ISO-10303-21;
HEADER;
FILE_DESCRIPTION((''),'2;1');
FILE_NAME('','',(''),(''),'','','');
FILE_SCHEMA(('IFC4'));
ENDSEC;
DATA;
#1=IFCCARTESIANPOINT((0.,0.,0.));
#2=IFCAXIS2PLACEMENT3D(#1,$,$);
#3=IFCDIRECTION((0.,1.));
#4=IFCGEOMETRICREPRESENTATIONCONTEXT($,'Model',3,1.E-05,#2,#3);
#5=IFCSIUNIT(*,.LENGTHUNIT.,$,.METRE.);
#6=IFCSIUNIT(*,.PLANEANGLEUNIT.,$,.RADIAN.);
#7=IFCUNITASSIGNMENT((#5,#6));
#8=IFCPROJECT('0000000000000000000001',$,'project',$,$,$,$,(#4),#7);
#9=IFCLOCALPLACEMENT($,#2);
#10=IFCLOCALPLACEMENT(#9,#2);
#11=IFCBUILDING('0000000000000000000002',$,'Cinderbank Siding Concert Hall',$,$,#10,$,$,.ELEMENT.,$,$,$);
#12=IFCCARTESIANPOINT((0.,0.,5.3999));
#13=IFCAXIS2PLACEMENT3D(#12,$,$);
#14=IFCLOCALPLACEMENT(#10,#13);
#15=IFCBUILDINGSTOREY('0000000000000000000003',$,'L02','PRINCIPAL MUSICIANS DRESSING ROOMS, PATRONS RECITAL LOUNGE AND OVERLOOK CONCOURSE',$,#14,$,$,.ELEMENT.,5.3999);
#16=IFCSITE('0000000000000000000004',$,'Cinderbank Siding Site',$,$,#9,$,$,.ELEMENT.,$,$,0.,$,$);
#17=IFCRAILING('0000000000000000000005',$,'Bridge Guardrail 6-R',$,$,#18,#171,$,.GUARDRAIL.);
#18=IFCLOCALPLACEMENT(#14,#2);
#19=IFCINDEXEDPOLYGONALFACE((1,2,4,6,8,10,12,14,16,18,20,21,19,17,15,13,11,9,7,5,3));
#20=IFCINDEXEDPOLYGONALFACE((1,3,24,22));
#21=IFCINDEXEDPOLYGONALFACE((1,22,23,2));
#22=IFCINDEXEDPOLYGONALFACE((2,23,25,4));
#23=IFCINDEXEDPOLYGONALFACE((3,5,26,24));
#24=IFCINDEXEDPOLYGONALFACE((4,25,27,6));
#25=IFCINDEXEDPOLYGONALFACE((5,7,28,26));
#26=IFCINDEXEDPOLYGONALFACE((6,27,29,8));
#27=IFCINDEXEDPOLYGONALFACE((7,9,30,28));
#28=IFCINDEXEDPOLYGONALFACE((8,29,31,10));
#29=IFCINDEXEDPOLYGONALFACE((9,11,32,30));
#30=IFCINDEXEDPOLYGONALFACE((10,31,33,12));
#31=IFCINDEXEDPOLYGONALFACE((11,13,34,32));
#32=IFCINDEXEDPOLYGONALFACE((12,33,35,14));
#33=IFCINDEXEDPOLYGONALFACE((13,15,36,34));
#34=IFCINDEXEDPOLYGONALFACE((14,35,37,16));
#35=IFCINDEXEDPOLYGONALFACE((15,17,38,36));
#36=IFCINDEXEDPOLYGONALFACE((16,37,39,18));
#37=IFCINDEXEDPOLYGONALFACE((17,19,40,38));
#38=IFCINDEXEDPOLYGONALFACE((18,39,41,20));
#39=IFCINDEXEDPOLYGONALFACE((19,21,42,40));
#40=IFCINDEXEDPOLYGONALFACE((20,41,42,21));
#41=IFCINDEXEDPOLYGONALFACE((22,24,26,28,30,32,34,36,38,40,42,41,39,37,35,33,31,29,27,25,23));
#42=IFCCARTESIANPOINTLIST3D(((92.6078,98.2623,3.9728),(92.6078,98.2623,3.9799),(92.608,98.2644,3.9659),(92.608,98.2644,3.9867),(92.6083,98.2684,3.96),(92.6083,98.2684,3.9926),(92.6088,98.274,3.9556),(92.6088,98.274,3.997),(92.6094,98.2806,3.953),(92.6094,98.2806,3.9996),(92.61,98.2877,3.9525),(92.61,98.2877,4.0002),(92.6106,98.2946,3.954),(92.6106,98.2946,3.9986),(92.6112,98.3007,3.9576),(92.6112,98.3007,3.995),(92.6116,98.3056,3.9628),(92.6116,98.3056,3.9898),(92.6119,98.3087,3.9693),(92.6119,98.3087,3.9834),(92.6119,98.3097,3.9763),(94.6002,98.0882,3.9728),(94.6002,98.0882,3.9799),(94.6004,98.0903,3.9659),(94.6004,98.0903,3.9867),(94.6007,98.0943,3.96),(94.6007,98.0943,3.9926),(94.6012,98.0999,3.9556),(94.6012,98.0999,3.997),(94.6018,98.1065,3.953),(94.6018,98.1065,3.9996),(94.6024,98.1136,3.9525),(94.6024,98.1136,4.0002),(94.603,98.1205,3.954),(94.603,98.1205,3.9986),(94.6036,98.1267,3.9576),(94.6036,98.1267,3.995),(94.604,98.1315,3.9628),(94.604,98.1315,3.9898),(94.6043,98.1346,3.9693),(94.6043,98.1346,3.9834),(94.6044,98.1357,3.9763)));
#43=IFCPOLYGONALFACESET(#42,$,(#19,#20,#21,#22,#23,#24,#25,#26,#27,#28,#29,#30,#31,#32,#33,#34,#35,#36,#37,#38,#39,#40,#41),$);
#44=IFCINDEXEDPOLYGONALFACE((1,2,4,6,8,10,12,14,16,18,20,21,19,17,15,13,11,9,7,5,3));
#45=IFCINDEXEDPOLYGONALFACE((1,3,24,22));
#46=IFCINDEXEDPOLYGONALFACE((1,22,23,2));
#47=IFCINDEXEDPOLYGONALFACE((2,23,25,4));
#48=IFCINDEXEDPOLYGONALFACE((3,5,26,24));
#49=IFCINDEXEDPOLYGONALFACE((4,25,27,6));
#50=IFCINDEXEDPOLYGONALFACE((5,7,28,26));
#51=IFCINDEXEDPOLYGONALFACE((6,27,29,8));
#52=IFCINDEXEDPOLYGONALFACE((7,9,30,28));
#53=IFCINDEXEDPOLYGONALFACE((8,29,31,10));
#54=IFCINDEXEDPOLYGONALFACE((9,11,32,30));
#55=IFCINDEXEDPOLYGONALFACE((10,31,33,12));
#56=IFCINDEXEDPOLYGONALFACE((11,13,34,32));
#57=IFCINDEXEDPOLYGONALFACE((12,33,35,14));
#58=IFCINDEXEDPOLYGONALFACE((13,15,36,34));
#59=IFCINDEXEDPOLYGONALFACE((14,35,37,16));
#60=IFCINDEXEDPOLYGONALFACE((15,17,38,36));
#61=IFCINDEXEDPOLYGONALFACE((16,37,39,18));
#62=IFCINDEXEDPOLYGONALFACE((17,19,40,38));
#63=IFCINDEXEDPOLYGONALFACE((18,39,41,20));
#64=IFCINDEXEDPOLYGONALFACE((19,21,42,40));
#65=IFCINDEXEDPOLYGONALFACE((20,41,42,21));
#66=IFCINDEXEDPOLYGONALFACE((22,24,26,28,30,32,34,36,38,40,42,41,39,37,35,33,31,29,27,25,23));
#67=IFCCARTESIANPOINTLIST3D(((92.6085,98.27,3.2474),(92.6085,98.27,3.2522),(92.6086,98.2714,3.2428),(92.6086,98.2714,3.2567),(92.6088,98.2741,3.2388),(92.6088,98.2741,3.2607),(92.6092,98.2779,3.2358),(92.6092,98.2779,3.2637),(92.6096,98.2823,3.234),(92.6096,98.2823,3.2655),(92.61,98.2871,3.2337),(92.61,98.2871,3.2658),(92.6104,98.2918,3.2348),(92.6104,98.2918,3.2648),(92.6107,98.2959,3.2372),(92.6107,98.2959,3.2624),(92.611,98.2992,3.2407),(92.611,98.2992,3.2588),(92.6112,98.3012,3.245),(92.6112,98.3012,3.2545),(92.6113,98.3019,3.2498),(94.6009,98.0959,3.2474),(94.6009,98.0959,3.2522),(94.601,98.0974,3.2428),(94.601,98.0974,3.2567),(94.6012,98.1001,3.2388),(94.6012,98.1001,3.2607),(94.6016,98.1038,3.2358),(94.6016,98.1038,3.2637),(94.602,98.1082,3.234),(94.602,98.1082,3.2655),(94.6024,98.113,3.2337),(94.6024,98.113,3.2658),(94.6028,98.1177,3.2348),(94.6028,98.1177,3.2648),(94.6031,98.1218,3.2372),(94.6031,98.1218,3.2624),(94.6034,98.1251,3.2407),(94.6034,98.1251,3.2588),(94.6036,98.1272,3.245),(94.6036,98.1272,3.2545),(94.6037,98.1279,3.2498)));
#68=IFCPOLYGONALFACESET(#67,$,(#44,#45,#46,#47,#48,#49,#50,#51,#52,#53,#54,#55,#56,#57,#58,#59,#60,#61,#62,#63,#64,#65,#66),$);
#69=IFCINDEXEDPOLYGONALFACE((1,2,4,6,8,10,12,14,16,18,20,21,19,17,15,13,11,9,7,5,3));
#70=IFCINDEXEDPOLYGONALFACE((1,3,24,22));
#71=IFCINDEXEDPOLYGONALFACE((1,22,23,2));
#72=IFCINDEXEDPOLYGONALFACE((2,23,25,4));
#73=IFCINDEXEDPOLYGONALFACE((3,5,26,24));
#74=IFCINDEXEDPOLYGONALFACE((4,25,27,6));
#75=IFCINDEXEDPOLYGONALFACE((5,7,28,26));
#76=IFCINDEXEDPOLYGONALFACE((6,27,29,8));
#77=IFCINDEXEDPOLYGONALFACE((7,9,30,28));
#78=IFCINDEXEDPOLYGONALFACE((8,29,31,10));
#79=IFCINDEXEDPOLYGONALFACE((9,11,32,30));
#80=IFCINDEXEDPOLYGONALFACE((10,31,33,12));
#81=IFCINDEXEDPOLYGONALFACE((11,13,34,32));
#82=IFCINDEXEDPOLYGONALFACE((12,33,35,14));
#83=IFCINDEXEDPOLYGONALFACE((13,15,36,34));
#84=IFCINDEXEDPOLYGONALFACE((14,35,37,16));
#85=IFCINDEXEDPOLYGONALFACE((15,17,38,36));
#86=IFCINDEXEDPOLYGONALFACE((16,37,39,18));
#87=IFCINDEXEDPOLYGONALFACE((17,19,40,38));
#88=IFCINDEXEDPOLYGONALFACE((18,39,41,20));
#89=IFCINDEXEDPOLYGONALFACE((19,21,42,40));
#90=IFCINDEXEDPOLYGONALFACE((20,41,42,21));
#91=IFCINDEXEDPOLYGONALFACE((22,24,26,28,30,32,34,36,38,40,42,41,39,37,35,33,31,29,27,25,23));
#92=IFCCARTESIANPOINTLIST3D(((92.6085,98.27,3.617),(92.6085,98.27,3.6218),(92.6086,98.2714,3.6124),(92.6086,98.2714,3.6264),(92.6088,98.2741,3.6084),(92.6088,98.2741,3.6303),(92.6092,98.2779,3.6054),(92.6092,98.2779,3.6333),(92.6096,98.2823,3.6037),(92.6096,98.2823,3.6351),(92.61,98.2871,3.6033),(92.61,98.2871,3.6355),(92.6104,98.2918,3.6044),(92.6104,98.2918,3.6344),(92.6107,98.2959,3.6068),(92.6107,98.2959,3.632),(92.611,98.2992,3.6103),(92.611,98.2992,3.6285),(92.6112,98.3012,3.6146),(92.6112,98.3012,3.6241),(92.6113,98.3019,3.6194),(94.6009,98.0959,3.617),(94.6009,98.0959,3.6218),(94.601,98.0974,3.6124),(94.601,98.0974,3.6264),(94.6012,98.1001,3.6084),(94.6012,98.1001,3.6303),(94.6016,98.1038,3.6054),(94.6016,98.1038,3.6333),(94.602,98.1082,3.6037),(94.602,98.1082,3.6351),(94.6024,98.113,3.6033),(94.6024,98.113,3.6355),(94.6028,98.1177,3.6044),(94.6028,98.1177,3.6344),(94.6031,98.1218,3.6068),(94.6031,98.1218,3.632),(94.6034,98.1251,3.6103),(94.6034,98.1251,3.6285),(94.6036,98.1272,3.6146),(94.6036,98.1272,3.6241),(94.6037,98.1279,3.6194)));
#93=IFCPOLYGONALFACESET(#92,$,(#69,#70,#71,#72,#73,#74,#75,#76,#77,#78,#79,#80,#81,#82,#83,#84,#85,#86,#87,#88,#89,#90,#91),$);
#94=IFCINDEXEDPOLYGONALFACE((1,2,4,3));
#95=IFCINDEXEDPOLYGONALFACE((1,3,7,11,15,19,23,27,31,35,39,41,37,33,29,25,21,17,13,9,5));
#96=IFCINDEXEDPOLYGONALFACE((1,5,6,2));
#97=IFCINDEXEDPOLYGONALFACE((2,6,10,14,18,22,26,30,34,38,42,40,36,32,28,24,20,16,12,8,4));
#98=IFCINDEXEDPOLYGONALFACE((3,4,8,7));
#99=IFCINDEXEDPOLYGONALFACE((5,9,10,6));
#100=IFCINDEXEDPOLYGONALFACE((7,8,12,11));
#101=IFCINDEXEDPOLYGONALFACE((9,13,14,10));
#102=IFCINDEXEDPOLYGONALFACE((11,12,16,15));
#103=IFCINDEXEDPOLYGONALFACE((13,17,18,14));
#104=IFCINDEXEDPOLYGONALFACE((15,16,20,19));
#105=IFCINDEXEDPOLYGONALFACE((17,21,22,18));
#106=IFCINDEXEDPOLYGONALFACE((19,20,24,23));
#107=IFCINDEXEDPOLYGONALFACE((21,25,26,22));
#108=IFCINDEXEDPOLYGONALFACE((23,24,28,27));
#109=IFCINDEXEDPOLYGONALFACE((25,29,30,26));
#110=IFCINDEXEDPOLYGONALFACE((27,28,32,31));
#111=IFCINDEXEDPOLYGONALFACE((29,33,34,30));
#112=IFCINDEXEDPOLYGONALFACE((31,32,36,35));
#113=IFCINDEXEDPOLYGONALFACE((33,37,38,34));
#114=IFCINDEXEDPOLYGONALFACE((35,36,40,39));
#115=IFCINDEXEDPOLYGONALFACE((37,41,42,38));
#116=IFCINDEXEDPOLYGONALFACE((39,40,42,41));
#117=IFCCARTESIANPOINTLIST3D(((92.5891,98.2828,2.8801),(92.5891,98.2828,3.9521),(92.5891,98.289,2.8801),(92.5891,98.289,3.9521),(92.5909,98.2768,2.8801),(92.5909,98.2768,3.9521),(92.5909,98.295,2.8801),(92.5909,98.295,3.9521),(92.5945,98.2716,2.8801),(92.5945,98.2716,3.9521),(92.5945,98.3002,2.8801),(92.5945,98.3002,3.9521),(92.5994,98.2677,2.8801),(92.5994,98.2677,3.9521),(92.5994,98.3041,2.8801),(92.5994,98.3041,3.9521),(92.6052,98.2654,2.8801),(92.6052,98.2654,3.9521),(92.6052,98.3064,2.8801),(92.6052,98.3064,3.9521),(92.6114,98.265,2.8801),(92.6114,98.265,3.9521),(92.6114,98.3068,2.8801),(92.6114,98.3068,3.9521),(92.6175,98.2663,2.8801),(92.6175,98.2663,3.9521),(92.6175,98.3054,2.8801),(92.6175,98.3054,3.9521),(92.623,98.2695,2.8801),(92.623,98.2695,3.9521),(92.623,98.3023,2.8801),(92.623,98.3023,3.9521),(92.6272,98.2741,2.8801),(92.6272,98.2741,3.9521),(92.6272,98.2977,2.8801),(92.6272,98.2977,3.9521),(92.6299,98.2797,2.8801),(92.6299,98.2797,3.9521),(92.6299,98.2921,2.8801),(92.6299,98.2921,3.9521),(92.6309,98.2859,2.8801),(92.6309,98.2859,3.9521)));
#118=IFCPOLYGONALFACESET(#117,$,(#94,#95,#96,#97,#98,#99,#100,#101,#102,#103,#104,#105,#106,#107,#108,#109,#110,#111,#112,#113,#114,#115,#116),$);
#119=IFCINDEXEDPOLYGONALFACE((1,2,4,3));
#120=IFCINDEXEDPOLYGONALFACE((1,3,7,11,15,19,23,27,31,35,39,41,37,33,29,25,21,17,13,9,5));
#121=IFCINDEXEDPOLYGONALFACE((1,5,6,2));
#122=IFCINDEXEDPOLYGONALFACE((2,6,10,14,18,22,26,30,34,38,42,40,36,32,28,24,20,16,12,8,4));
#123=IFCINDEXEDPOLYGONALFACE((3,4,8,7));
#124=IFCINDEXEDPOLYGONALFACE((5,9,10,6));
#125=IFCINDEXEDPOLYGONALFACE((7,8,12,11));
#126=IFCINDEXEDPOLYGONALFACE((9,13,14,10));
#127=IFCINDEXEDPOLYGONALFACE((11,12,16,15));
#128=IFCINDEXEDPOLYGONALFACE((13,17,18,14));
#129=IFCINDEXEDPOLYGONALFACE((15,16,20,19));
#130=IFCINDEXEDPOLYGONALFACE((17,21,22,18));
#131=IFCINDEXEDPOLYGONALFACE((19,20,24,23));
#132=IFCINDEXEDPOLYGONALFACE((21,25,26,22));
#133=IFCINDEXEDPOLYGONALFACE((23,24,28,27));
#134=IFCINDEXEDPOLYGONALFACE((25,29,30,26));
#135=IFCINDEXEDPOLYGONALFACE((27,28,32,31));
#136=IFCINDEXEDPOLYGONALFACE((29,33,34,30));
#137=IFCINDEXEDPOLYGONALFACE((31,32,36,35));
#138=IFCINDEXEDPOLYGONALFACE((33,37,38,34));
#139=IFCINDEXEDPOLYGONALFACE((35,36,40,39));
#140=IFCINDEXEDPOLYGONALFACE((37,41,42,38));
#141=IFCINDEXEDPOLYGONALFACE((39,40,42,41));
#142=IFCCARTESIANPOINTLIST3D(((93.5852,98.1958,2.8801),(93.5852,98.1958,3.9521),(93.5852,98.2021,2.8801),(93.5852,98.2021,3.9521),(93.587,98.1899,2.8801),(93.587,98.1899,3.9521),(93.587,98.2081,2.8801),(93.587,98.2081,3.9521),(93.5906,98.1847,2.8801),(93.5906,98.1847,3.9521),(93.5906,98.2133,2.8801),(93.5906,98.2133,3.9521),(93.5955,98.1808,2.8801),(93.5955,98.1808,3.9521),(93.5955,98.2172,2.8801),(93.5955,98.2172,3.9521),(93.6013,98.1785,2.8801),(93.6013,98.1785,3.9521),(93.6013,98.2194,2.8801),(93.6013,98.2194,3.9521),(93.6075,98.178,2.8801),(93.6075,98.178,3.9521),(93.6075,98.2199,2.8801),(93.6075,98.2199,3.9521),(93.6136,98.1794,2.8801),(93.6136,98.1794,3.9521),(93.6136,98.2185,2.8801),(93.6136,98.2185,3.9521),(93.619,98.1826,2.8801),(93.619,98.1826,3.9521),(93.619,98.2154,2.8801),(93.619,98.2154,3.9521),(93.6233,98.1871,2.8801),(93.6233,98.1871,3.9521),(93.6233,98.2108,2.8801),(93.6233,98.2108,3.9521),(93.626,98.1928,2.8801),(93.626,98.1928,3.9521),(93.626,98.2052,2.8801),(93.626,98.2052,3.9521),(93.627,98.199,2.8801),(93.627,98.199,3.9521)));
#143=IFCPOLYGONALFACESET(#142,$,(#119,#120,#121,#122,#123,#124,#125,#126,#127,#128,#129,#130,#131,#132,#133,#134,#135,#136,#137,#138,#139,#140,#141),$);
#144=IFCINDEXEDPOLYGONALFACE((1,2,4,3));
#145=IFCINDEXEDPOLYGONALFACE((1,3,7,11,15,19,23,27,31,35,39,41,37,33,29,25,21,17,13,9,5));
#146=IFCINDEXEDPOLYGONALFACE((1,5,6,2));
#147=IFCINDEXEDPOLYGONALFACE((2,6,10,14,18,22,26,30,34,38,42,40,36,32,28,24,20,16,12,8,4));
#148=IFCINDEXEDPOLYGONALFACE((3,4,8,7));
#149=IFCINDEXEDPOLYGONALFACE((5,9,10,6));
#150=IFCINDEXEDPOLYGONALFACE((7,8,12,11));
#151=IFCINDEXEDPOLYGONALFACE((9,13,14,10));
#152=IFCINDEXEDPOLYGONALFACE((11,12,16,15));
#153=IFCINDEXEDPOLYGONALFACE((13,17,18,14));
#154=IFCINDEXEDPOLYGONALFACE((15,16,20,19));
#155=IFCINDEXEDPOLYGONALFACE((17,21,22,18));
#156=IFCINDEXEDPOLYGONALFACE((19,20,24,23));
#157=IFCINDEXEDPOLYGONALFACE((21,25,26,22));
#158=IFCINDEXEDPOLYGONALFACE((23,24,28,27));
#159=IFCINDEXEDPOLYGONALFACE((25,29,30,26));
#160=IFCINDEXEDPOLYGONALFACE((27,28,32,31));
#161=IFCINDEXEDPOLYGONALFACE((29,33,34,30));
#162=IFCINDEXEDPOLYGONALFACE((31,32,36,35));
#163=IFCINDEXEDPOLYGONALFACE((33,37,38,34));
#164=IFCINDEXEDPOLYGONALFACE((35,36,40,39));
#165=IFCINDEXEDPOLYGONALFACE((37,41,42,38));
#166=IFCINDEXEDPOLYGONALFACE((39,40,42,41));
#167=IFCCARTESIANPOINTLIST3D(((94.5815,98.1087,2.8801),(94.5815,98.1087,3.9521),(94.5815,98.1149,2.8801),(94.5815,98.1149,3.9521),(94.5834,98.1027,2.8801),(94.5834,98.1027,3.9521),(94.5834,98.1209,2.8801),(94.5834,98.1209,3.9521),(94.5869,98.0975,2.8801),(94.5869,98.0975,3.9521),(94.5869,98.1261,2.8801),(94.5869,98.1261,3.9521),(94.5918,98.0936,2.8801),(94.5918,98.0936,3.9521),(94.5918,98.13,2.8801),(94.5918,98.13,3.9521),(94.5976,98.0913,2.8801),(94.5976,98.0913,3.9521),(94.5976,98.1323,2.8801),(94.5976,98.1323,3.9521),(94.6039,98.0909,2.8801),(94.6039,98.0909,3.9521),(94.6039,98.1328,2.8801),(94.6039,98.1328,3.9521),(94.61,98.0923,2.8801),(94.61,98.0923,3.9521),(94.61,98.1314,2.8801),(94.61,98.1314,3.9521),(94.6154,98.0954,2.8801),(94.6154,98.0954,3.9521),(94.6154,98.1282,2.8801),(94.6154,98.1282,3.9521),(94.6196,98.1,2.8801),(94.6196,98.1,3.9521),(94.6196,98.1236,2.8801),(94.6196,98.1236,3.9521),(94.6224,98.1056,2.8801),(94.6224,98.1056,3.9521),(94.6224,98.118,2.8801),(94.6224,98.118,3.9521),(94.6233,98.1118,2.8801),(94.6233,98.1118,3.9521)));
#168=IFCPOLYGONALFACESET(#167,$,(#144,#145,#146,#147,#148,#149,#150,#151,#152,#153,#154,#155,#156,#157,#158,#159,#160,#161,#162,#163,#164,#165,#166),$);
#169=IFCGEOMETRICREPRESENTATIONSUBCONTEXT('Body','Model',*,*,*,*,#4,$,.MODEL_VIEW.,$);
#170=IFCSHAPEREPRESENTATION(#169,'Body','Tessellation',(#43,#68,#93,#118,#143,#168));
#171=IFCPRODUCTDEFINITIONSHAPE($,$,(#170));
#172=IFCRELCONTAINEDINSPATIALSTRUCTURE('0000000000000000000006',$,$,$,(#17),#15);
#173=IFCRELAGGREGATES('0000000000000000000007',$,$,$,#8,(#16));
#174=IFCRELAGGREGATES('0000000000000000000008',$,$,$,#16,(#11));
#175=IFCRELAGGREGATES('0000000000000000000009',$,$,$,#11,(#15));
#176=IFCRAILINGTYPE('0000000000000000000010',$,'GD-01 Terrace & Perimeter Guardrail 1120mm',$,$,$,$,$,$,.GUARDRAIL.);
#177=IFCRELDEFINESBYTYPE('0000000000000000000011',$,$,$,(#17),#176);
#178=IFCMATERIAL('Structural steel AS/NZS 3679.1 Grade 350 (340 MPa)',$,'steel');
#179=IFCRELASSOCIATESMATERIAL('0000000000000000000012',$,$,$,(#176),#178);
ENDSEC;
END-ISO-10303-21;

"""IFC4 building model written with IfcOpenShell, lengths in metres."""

from ifc_helpers import new_model, si_unit, direction, frame, origin, origin_2d, place, context, subcontext, project, spatial, circle, extrude, material, type_object, element, save


model = new_model("IFC4")

# Units and contexts
model_context = context("Model", 3, precision=1e-05, world=origin(), true_north=direction((0.0, 1.0)))
body_context = subcontext(model_context, "Body", "Model", "MODEL_VIEW")
ifc_project = project(units=[si_unit("LENGTHUNIT", "METRE"), si_unit("PLANEANGLEUNIT", "RADIAN")], contexts=[model_context])

# Site, building, storey
site_placement = place(None, origin())
site = spatial("IfcSite", under=ifc_project, at=site_placement, Name="Cinderbank Siding Site", CompositionType="ELEMENT", RefElevation=0.0)
building_placement = place(site_placement, origin())
building = spatial("IfcBuilding", under=site, at=building_placement, Name="Cinderbank Siding Concert Hall", CompositionType="ELEMENT")
storey_placement = place(building_placement, frame((0.0, 0.0, 5.3999)))
storey = spatial("IfcBuildingStorey", under=building, at=storey_placement, Name="L02", Description="PRINCIPAL MUSICIANS DRESSING ROOMS, PATRONS RECITAL LOUNGE AND OVERLOOK CONCOURSE", CompositionType="ELEMENT", Elevation=5.3999)

# Shared definitions
ifc_material_1 = material(Name="Structural steel AS/NZS 3679.1 Grade 350 (340 MPa)", Category="steel")

# Railing
railing_type_1 = type_object("IfcRailingType", Name="GD-01 Terrace & Perimeter Guardrail 1120mm", PredefinedType="GUARDRAIL", material=ifc_material_1)
railing_1_placement = place(storey_placement, frame((92.6099, 98.2859, 2.8801)))
element("IfcRailing", 1, at=railing_1_placement, inside=storey, type_object=railing_type_1, Name="Bridge Guardrail 6-R", PredefinedType="GUARDRAIL", context=body_context, shape_type="SweptSolid", body=[
    extrude(circle(Radius=0.0239, at=origin_2d()), frame((0.0, 0.0, 1.0962), z_axis=(0.996205, -0.087035, 0.0), x_axis=(0.087035, 0.996205, 0.0)), (0.0, 0.0, 1.0), 2.0),
    extrude(circle(Radius=0.0161, at=origin_2d()), frame((0.0, 0.0, 0.3696), z_axis=(0.996205, -0.087035, 0.0), x_axis=(0.087035, 0.996205, 0.0)), (0.0, 0.0, 1.0), 2.0),
    extrude(circle(Radius=0.0161, at=origin_2d()), frame((0.0, 0.0, 0.7393), z_axis=(0.996205, -0.087035, 0.0), x_axis=(0.087035, 0.996205, 0.0)), (0.0, 0.0, 1.0), 2.0),
    extrude(circle(Radius=0.021, at=origin_2d()), origin(), (0.0, 0.0, 1.0), 1.072),
    extrude(circle(Radius=0.021, at=origin_2d()), frame((0.9961, -0.0869, 0.0)), (0.0, 0.0, 1.0), 1.072),
    extrude(circle(Radius=0.021, at=origin_2d()), frame((1.9924, -0.1741, 0.0)), (0.0, 0.0, 1.0), 1.072),
])

save(model, "model.ifc")
